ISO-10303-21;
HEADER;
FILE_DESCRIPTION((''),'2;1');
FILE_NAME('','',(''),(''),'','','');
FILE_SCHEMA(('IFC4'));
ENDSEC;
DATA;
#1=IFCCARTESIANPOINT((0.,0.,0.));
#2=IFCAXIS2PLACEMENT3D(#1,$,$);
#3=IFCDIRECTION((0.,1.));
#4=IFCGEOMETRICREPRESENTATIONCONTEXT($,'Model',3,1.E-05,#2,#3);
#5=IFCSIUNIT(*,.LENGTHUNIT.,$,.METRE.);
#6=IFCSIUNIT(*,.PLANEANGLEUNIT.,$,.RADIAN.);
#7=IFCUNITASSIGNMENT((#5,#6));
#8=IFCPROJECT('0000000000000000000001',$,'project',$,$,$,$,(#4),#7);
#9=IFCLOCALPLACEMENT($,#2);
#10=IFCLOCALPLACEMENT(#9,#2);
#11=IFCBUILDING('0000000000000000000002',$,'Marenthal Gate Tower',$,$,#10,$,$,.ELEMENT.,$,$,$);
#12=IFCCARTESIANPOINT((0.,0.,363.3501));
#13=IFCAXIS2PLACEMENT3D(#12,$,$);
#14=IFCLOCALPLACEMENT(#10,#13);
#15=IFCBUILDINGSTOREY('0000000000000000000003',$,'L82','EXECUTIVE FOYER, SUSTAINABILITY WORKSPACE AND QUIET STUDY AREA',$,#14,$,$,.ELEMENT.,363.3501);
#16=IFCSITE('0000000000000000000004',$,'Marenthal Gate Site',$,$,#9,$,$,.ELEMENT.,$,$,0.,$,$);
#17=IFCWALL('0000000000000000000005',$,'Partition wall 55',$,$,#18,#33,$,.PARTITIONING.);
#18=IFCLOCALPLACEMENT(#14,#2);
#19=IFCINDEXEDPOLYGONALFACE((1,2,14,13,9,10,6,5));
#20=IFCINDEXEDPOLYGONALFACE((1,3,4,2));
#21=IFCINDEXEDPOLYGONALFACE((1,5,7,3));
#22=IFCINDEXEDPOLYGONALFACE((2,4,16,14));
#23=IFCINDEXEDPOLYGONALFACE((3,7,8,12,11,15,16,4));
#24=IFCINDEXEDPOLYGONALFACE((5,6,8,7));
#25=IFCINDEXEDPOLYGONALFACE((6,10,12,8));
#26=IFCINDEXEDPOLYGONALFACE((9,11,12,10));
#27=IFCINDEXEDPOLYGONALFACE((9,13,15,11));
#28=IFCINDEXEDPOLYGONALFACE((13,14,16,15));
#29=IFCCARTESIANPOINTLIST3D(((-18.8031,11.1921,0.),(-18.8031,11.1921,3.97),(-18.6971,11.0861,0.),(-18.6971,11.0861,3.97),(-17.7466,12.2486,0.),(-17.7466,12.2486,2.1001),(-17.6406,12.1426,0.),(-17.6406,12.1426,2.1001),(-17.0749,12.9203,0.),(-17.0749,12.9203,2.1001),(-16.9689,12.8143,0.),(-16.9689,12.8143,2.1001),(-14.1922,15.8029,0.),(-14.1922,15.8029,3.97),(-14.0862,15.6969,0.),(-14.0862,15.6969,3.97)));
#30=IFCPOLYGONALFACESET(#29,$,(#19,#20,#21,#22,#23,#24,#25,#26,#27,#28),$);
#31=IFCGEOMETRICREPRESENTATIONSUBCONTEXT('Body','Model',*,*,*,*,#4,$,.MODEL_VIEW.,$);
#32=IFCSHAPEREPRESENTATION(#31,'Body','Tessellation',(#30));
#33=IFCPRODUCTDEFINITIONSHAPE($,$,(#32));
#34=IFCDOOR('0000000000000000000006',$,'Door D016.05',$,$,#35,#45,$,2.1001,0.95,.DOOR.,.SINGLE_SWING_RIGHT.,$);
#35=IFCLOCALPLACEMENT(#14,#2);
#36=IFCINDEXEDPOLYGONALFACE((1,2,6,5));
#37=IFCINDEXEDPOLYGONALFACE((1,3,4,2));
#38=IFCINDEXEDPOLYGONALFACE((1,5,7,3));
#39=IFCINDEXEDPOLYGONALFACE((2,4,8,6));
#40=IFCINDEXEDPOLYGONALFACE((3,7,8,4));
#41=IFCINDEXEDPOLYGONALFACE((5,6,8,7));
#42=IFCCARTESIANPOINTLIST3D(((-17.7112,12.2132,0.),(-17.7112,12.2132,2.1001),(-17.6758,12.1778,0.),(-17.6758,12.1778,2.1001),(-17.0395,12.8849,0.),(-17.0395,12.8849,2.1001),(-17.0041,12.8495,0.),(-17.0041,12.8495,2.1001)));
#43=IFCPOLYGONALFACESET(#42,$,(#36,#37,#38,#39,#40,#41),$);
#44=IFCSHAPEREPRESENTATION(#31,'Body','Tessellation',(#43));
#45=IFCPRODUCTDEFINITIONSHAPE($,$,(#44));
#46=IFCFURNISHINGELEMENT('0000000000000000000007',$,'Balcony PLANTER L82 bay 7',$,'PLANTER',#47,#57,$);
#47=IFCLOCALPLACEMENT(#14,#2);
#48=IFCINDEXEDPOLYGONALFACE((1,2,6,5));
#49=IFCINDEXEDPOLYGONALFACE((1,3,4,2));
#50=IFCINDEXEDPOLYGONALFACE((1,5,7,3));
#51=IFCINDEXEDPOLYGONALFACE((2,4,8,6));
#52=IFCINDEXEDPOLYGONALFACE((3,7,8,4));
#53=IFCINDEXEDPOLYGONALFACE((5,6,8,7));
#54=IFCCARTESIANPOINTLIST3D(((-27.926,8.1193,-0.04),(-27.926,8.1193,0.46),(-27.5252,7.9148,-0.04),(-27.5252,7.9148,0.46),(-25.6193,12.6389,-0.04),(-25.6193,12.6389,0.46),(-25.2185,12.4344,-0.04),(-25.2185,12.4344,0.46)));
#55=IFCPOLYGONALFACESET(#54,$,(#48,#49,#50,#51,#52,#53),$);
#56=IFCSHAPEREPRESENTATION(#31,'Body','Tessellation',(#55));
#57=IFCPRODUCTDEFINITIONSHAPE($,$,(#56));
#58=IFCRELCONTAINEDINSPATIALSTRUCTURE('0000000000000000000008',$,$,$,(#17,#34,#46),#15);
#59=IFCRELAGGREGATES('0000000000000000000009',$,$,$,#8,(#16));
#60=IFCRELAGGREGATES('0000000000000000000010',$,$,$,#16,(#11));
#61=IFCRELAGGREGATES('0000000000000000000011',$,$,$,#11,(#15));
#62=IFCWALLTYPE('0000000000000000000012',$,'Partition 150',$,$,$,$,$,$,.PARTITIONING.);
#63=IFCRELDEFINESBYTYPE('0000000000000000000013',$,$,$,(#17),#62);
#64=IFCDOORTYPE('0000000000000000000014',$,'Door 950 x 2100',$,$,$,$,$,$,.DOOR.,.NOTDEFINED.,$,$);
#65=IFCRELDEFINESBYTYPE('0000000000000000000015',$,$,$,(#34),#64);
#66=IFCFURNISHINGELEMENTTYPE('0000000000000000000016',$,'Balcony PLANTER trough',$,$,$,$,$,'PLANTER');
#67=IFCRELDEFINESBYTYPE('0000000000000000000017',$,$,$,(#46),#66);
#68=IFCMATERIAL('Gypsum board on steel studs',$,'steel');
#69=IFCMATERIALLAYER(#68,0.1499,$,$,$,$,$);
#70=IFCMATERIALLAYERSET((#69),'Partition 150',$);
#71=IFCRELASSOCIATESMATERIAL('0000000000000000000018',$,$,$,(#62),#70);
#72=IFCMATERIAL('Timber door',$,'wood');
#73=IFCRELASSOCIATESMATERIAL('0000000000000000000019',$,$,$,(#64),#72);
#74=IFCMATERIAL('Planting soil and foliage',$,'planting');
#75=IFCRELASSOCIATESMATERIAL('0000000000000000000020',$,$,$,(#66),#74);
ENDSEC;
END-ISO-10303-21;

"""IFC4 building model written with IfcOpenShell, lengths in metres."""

from ifc_helpers import new_model, si_unit, direction, frame, frame_2d, origin, origin_2d, place, context, subcontext, project, spatial, rectangle, extrude, material, layer, layer_set, type_object, element, fill, save


model = new_model("IFC4")

# Units and contexts
model_context = context("Model", 3, precision=1e-05, world=origin(), true_north=direction((0.0, 1.0)))
body_context = subcontext(model_context, "Body", "Model", "MODEL_VIEW")
ifc_project = project(units=[si_unit("LENGTHUNIT", "METRE"), si_unit("PLANEANGLEUNIT", "RADIAN")], contexts=[model_context])

# Site, building, storey
site_placement = place(None, origin())
site = spatial("IfcSite", under=ifc_project, at=site_placement, Name="Marenthal Gate Site", CompositionType="ELEMENT", RefElevation=0.0)
building_placement = place(site_placement, origin())
building = spatial("IfcBuilding", under=site, at=building_placement, Name="Marenthal Gate Tower", CompositionType="ELEMENT")
storey_placement = place(building_placement, frame((0.0, 0.0, 363.3501)))
storey = spatial("IfcBuildingStorey", under=building, at=storey_placement, Name="L82", Description="EXECUTIVE FOYER, SUSTAINABILITY WORKSPACE AND QUIET STUDY AREA", CompositionType="ELEMENT", Elevation=363.3501)

# Wall, opening, door
ifc_material_1 = material(Name="Gypsum board on steel studs", Category="steel")
ifc_layer_1 = layer(ifc_material_1, 0.1499)
ifc_layer_set_1 = layer_set([ifc_layer_1], Name="Partition 150")
wall_type_1 = type_object("IfcWallType", Name="Partition 150", PredefinedType="PARTITIONING", material=ifc_layer_set_1)
wall_1_placement = place(storey_placement, frame((-18.75, 11.1392, 0.0), z_axis=(0.0, 0.0, 1.0), x_axis=(0.707107, 0.707107, 0.0)))
wall_1 = element("IfcWall", 1, at=wall_1_placement, inside=storey, type_object=wall_type_1, Name="Partition wall 55", PredefinedType="PARTITIONING", context=body_context, shape_type="SweptSolid", body=[
    extrude(rectangle(XDim=6.5208, YDim=0.1499, at=frame_2d((3.2603, 0.0))), origin(), (0.0, 0.0, 1.0), 3.97),
])
opening_1_placement = place(wall_1_placement, frame((1.4939, 0.0, 0.0)))
opening_1 = element("IfcOpeningElement", 2, at=opening_1_placement, cuts=wall_1, PredefinedType="OPENING", context=body_context, shape_type="SweptSolid", body=[
    extrude(rectangle(XDim=0.95, YDim=2.1001, at=frame_2d((0.4751, 1.05))), frame((0.0, 0.085, 0.0), z_axis=(0.0, -1.0, 0.0), x_axis=(1.0, 0.0, 0.0)), (0.0, 0.0, 1.0), 0.1699),
])
ifc_material_2 = material(Name="Timber door", Category="wood")
door_type_1 = type_object("IfcDoorType", Name="Door 950 x 2100", OperationType="NOTDEFINED", PredefinedType="DOOR", material=ifc_material_2)
door_1_placement = place(opening_1_placement, origin())
door_1 = element("IfcDoor", 3, at=door_1_placement, inside=storey, type_object=door_type_1, Name="Door D016.05", OperationType="SINGLE_SWING_RIGHT", OverallHeight=2.1001, OverallWidth=0.95, PredefinedType="DOOR", context=body_context, shape_type="SweptSolid", body=[
    extrude(rectangle(XDim=0.95, YDim=2.1001, at=frame_2d((0.4751, 1.05))), frame((0.0, 0.0249, 0.0), z_axis=(0.0, -1.0, 0.0), x_axis=(1.0, 0.0, 0.0)), (0.0, 0.0, 1.0), 0.05),
])
fill(opening_1, door_1)

# Furnishing element
ifc_material_3 = material(Name="Planting soil and foliage", Category="planting")
furnishing_element_type = type_object("IfcFurnishingElementType", Name="Balcony PLANTER trough", ElementType="PLANTER", material=ifc_material_3)
furnishing_placement = place(storey_placement, frame((-26.5723, 10.2769, -0.04), z_axis=(0.0, 0.0, 1.0), x_axis=(-0.454596, -0.890698, 0.0)))
element("IfcFurnishingElement", 4, at=furnishing_placement, inside=storey, type_object=furnishing_element_type, Name="Balcony PLANTER L82 bay 7", ObjectType="PLANTER", context=body_context, shape_type="SweptSolid", body=[
    extrude(rectangle(XDim=5.0742, YDim=0.45, at=origin_2d()), origin(), (0.0, 0.0, 1.0), 0.5),
])

save(model, "model.ifc")
